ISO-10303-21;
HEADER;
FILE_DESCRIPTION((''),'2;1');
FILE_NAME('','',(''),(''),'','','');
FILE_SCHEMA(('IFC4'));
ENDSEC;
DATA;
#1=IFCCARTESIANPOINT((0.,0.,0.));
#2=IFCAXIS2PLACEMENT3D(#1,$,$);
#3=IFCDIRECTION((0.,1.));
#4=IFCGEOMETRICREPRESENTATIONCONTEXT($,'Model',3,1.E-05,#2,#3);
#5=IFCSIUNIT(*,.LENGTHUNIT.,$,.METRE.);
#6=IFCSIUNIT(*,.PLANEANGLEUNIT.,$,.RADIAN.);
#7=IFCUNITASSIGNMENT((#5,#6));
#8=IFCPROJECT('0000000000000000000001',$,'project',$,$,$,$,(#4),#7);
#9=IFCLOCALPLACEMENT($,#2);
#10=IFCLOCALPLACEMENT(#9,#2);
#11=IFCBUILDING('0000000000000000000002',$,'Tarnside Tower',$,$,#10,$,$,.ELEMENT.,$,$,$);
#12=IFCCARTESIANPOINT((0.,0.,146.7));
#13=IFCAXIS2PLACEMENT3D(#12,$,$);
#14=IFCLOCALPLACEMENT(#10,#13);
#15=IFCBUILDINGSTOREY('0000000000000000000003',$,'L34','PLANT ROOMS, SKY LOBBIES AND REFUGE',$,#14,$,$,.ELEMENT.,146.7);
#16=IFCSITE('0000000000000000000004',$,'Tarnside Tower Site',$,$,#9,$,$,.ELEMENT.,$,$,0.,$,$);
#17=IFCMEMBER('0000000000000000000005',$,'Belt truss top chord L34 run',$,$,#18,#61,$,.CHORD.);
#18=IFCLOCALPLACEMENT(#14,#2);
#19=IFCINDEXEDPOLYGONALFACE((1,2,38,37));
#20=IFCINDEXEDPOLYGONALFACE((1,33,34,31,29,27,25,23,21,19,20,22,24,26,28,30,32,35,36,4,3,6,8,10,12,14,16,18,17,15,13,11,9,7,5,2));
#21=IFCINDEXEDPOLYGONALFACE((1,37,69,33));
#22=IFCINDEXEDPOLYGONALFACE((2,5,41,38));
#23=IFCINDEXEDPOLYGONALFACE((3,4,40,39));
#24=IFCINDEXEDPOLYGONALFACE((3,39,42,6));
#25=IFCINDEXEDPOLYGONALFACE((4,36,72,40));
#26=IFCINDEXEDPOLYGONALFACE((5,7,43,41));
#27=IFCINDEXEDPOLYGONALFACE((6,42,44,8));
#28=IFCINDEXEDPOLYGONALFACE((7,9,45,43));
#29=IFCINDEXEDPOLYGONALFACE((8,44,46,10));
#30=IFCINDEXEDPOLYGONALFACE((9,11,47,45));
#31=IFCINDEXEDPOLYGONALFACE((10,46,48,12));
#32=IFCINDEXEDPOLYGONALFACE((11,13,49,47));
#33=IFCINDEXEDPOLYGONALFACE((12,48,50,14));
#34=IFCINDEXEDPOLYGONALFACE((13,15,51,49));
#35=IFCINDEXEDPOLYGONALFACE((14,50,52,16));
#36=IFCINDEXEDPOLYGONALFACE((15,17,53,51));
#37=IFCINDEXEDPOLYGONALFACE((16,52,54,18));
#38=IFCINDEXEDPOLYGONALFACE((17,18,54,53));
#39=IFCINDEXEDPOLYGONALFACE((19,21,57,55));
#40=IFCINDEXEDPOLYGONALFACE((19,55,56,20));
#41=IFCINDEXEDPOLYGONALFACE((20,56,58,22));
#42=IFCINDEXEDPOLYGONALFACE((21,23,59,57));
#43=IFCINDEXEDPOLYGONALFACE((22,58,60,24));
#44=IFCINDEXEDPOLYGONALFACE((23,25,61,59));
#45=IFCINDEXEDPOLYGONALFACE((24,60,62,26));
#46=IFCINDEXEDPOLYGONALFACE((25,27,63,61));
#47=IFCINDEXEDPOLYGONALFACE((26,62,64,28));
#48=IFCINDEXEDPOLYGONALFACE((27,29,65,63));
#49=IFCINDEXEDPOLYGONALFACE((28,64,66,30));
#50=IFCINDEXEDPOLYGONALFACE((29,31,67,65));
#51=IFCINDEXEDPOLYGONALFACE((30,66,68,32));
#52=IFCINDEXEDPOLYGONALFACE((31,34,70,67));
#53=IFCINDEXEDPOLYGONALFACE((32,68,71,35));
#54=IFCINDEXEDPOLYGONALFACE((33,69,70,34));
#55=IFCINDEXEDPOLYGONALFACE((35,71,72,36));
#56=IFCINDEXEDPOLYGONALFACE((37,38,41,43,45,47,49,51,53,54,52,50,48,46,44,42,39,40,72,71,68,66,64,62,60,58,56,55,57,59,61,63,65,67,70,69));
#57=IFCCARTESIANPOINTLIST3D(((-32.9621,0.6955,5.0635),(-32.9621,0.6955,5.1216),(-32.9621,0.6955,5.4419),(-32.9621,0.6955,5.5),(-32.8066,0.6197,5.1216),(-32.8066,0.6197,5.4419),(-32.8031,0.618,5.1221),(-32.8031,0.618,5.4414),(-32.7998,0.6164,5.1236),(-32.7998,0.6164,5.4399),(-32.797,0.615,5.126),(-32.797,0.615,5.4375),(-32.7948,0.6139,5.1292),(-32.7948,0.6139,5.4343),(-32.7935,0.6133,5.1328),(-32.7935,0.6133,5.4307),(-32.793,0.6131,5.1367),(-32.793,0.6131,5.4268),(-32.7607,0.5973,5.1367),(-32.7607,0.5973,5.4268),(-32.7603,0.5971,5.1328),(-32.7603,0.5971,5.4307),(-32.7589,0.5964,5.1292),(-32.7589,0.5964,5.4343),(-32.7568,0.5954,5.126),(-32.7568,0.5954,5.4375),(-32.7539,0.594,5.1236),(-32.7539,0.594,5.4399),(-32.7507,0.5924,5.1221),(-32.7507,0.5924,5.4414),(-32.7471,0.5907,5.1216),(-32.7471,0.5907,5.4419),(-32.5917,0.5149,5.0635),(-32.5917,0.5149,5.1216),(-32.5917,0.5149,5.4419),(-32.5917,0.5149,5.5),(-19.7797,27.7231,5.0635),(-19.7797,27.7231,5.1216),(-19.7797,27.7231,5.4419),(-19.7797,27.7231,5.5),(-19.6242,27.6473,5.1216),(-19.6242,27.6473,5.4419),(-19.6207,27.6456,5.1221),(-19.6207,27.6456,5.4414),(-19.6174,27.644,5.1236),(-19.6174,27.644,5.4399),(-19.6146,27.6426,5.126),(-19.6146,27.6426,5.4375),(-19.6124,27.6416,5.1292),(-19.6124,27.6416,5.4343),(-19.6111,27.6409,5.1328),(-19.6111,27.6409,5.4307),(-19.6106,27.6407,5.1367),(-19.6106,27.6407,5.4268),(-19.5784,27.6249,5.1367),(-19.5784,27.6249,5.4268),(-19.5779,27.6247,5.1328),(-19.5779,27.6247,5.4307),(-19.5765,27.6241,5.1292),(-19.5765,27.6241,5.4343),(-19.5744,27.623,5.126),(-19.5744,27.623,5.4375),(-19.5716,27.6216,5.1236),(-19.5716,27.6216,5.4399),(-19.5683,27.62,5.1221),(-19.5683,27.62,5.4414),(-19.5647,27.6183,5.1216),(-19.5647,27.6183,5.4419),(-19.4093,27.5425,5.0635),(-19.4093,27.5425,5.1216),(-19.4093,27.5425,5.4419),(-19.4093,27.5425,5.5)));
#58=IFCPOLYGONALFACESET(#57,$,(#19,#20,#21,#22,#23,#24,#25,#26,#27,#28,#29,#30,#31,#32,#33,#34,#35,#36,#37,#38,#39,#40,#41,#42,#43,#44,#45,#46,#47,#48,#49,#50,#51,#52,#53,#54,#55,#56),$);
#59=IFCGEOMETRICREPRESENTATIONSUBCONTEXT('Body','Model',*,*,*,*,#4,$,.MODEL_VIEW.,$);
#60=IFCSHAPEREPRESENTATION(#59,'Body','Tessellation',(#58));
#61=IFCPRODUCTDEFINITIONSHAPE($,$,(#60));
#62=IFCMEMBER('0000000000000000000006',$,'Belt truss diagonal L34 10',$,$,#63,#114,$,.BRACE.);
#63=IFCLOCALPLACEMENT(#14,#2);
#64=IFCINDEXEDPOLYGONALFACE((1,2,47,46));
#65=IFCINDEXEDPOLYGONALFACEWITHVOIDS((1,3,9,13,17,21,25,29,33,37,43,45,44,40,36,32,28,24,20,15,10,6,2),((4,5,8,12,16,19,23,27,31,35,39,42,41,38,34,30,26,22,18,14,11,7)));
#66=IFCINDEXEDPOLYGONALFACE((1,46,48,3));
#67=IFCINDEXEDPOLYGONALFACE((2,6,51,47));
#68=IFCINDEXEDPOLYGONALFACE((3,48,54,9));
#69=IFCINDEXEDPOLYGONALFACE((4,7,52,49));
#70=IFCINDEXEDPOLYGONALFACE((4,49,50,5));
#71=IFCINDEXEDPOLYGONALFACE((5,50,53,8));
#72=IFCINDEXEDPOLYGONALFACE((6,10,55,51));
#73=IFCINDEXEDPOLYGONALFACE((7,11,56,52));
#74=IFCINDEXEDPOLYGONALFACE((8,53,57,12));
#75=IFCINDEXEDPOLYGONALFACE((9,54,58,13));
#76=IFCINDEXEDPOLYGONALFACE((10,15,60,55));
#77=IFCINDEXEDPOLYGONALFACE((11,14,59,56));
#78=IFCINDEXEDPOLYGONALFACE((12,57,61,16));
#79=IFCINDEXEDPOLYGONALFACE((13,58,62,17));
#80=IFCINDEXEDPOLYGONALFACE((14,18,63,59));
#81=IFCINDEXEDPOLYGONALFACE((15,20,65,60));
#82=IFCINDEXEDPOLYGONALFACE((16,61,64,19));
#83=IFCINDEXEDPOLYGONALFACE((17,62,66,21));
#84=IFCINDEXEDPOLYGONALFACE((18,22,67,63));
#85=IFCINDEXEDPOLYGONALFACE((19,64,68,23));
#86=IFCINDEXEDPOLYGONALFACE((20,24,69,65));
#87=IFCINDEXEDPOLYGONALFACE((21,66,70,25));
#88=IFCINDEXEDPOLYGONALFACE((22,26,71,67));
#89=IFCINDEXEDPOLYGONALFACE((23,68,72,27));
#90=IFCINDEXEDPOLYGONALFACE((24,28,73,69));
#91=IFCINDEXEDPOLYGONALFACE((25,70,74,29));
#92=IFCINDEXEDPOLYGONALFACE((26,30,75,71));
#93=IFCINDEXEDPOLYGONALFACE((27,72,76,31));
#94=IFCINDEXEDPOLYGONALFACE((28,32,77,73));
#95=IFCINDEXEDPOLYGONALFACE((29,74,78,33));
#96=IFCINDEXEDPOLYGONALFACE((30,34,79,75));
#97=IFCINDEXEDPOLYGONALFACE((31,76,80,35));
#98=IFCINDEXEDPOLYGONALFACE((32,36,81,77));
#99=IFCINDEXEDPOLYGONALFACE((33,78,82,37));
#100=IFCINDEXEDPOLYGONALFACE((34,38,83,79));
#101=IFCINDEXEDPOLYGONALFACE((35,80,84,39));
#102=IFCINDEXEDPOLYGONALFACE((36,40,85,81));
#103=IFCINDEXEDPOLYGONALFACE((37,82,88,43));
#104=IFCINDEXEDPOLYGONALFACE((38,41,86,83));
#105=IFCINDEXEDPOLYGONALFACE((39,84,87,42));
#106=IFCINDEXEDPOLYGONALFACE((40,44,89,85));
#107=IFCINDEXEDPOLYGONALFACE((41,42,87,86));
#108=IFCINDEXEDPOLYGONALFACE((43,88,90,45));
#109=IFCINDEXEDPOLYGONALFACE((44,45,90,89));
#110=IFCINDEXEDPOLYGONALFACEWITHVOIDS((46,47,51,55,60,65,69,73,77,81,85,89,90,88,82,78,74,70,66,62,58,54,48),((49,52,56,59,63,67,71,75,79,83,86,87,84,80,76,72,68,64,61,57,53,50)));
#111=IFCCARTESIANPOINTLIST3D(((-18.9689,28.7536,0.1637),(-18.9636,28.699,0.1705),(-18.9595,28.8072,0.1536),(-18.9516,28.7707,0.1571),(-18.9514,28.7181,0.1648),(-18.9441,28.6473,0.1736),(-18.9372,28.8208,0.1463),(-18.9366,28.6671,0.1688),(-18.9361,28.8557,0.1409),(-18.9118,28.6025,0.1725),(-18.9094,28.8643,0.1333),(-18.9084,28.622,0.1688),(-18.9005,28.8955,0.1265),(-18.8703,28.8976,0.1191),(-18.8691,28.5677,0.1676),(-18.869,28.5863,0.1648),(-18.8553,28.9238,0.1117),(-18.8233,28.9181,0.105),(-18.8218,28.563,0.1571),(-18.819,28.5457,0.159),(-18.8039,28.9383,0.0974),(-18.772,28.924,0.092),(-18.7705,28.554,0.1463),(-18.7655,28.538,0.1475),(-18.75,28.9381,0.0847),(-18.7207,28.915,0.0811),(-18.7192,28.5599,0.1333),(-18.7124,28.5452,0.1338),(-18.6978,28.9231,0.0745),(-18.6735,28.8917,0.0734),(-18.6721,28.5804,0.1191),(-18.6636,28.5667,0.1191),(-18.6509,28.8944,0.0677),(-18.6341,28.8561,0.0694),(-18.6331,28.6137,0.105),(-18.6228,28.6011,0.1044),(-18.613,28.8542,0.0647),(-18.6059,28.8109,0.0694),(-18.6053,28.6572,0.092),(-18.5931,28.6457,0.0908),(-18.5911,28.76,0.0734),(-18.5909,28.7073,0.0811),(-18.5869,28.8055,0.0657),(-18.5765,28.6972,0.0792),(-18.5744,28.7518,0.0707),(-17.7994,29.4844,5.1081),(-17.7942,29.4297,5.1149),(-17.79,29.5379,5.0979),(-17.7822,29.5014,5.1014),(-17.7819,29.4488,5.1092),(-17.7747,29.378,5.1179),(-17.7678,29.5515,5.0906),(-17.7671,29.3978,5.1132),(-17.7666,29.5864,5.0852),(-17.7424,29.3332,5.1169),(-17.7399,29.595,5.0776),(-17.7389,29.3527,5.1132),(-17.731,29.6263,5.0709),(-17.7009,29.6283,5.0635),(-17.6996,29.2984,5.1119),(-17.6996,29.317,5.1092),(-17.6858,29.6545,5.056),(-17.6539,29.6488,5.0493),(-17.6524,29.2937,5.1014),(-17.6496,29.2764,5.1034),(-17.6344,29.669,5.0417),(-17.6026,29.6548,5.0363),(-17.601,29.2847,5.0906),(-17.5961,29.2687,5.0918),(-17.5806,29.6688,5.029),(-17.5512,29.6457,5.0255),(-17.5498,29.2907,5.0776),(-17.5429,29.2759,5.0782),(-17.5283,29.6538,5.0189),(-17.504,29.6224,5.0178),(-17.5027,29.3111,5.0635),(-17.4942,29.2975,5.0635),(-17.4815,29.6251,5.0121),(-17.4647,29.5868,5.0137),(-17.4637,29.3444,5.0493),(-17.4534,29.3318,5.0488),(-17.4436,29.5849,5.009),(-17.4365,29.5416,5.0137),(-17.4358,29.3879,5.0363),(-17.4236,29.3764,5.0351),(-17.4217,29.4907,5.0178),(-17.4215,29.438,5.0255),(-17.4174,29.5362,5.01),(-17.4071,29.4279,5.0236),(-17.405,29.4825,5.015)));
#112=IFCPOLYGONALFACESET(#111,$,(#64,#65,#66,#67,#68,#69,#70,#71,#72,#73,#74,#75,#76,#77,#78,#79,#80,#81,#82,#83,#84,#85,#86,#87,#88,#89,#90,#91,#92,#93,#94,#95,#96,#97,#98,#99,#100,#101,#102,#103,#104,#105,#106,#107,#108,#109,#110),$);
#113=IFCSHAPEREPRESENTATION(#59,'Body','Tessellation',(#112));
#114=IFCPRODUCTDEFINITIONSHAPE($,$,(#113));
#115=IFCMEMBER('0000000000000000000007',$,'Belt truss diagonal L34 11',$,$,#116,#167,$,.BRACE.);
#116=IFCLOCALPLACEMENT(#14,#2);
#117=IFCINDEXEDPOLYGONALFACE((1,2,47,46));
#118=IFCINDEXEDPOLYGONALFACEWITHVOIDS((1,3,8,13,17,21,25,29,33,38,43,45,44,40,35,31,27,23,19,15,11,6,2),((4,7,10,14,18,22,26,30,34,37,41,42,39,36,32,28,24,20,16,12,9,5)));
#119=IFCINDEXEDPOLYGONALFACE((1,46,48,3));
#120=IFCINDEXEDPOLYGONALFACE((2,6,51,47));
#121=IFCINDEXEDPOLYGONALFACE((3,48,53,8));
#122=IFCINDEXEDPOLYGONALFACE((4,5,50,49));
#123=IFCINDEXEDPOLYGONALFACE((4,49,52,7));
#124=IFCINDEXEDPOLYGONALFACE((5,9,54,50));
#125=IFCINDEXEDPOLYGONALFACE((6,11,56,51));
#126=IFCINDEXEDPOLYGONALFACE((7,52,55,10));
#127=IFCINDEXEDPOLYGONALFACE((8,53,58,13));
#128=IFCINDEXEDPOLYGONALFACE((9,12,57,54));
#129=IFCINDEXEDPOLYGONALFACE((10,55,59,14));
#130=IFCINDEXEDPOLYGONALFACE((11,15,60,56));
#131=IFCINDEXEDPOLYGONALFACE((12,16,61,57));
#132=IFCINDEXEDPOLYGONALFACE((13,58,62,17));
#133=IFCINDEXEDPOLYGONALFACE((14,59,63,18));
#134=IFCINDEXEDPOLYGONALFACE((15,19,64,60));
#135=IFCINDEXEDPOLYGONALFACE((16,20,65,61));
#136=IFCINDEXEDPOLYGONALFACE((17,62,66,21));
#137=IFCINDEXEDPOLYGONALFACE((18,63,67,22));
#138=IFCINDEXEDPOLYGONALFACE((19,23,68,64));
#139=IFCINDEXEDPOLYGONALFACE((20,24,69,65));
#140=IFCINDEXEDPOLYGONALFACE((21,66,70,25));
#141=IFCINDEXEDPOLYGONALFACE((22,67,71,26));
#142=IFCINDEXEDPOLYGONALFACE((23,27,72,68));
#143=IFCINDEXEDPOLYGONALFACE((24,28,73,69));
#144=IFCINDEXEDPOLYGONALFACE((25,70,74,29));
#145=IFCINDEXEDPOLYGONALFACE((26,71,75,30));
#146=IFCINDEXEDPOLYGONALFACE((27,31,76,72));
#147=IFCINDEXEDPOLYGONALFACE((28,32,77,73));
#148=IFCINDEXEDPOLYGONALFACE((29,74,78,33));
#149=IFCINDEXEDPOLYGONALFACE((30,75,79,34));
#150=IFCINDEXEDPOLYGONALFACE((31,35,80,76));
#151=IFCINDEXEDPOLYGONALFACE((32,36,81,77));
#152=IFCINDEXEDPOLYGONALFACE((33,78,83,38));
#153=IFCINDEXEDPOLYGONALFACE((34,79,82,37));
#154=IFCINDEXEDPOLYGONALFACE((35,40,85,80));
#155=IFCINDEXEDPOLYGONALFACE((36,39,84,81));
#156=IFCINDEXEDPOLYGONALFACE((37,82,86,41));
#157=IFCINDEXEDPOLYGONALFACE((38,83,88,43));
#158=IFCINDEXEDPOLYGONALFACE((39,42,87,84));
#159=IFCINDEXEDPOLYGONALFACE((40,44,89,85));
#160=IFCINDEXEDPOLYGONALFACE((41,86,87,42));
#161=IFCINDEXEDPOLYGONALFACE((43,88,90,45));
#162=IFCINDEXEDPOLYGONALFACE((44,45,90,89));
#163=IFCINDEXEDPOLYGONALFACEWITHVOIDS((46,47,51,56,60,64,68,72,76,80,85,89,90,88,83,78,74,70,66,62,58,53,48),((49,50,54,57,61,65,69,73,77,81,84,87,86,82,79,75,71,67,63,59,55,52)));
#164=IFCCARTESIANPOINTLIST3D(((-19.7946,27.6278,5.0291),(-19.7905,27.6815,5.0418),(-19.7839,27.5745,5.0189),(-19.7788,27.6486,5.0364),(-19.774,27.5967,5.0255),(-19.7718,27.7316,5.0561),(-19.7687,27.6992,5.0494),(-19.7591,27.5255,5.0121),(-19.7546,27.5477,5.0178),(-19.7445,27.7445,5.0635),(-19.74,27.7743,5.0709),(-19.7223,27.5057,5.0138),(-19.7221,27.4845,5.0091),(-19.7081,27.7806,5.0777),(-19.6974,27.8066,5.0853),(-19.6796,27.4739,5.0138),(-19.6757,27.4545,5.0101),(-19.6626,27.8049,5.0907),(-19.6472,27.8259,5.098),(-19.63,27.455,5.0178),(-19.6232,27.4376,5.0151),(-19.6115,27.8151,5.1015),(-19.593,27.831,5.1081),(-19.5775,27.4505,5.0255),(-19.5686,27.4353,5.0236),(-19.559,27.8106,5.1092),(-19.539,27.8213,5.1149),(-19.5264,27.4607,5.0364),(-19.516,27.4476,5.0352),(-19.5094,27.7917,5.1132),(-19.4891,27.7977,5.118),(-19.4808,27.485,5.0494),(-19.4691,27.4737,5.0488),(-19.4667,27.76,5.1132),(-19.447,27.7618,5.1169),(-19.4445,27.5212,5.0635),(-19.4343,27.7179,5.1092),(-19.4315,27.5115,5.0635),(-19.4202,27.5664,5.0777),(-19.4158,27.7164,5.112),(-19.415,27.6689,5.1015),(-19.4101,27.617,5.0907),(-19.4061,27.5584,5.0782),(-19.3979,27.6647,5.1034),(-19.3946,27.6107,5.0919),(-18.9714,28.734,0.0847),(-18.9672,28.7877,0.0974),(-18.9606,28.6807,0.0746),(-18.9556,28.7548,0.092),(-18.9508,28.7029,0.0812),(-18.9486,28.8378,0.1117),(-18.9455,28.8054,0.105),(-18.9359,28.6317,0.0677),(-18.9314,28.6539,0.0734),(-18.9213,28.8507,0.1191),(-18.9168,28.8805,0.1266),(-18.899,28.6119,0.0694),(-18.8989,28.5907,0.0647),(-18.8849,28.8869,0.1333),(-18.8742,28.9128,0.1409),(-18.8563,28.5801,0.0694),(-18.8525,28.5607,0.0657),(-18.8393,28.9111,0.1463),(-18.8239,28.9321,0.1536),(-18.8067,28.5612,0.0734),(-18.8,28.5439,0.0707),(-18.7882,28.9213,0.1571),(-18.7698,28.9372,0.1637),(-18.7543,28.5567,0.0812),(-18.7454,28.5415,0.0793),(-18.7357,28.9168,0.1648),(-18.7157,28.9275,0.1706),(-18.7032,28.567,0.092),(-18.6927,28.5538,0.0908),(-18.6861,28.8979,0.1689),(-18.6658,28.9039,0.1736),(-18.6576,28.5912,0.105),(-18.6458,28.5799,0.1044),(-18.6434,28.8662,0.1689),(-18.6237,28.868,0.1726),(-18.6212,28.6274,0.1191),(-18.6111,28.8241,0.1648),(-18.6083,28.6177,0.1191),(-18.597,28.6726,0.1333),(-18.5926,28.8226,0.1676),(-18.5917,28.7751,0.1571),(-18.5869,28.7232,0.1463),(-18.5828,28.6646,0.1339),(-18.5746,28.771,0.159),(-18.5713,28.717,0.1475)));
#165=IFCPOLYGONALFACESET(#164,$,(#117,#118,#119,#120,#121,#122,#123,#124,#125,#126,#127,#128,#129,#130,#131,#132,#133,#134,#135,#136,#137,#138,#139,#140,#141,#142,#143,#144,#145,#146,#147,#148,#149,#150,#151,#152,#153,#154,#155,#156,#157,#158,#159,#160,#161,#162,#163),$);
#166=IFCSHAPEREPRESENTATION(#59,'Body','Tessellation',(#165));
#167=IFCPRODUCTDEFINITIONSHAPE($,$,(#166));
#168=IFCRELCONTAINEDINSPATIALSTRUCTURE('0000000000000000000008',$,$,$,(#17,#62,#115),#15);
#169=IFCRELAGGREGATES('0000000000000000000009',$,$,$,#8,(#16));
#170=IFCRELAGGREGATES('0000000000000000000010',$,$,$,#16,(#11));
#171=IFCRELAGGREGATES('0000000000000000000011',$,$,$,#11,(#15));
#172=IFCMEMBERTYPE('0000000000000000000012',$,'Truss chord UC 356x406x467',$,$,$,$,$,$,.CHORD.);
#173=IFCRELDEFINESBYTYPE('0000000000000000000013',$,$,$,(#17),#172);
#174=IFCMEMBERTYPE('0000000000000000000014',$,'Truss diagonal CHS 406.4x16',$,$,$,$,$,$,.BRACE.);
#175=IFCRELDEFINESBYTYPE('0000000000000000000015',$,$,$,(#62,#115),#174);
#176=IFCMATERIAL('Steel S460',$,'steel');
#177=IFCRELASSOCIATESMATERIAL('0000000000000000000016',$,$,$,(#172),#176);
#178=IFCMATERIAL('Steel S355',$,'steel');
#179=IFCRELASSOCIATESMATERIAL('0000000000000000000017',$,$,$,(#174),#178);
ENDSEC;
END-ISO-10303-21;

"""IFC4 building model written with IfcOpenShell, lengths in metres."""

from ifc_helpers import new_model, si_unit, direction, frame, origin, origin_2d, place, context, subcontext, project, spatial, hollow_circle, i_section, extrude, material, material_profile, profile_set, type_object, element, save


model = new_model("IFC4")

# Units and contexts
model_context = context("Model", 3, precision=1e-05, world=origin(), true_north=direction((0.0, 1.0)))
body_context = subcontext(model_context, "Body", "Model", "MODEL_VIEW")
ifc_project = project(units=[si_unit("LENGTHUNIT", "METRE"), si_unit("PLANEANGLEUNIT", "RADIAN")], contexts=[model_context])

# Site, building, storey
site_placement = place(None, origin())
site = spatial("IfcSite", under=ifc_project, at=site_placement, Name="Tarnside Tower Site", CompositionType="ELEMENT", RefElevation=0.0)
building_placement = place(site_placement, origin())
building = spatial("IfcBuilding", under=site, at=building_placement, Name="Tarnside Tower", CompositionType="ELEMENT")
storey_placement = place(building_placement, frame((0.0, 0.0, 146.7)))
storey = spatial("IfcBuildingStorey", under=building, at=storey_placement, Name="L34", Description="PLANT ROOMS, SKY LOBBIES AND REFUGE", CompositionType="ELEMENT", Elevation=146.7)

# Shared definitions
ifc_material_1 = material(Name="Steel S355", Category="steel")

# Members
ifc_material_2 = material(Name="Steel S460", Category="steel")
ifc_material_profile_1 = material_profile(ifc_material_2, i_section(OverallWidth=0.4121, OverallDepth=0.4365, WebThickness=0.0359, FlangeThickness=0.0581, FilletRadius=0.0151, at=origin_2d()), Name="UC 356x406x467")
ifc_profile_set_1 = profile_set([ifc_material_profile_1], Name="Steel S460")
member_type_1 = type_object("IfcMemberType", Name="Truss chord UC 356x406x467", PredefinedType="CHORD", material=ifc_profile_set_1)
member_1_placement = place(storey_placement, frame((-19.5945, 27.6328, 5.2817), z_axis=(-0.438375, -0.898792, 0.0), x_axis=(0.898792, -0.438375, 0.0)))
element("IfcMember", 1, at=member_1_placement, inside=storey, type_object=member_type_1, Name="Belt truss top chord L34 run", PredefinedType="CHORD", context=body_context, shape_type="SweptSolid", body=[
    extrude(i_section(OverallWidth=0.4121, OverallDepth=0.4365, WebThickness=0.0359, FlangeThickness=0.0581, FilletRadius=0.0151, at=origin_2d()), origin(), (0.0, 0.0, 1.0), 30.071),
])
ifc_material_profile_2 = material_profile(ifc_material_1, hollow_circle(Radius=0.2031, WallThickness=0.0161, at=origin_2d()), Name="CHS 406.4x16")
ifc_profile_set_2 = profile_set([ifc_material_profile_2], Name="Steel S355")
member_type_2 = type_object("IfcMemberType", Name="Truss diagonal CHS 406.4x16", PredefinedType="BRACE", material=ifc_profile_set_2)
for number, where, z_axis, x_axis, name in (
    (2, (-17.6018, 29.4697, 5.0635), (-0.227825, -0.142355, -0.96324), (0.529903, -0.848058, 0.0), "Belt truss diagonal L34 10"),
    (3, (-18.7712, 28.739, 0.1191), (-0.160382, -0.215507, 0.963242), (0.802225, -0.597021, 0.0), "Belt truss diagonal L34 11"),
):
    element("IfcMember", number, at=place(storey_placement, frame(where, z_axis=z_axis, x_axis=x_axis)), inside=storey, type_object=member_type_2, Name=name, PredefinedType="BRACE", context=body_context, shape_type="SweptSolid", body=[
        extrude(hollow_circle(Radius=0.2031, WallThickness=0.0161, at=origin_2d()), origin(), (0.0, 0.0, 1.0), 5.1331),
    ])

save(model, "model.ifc")
